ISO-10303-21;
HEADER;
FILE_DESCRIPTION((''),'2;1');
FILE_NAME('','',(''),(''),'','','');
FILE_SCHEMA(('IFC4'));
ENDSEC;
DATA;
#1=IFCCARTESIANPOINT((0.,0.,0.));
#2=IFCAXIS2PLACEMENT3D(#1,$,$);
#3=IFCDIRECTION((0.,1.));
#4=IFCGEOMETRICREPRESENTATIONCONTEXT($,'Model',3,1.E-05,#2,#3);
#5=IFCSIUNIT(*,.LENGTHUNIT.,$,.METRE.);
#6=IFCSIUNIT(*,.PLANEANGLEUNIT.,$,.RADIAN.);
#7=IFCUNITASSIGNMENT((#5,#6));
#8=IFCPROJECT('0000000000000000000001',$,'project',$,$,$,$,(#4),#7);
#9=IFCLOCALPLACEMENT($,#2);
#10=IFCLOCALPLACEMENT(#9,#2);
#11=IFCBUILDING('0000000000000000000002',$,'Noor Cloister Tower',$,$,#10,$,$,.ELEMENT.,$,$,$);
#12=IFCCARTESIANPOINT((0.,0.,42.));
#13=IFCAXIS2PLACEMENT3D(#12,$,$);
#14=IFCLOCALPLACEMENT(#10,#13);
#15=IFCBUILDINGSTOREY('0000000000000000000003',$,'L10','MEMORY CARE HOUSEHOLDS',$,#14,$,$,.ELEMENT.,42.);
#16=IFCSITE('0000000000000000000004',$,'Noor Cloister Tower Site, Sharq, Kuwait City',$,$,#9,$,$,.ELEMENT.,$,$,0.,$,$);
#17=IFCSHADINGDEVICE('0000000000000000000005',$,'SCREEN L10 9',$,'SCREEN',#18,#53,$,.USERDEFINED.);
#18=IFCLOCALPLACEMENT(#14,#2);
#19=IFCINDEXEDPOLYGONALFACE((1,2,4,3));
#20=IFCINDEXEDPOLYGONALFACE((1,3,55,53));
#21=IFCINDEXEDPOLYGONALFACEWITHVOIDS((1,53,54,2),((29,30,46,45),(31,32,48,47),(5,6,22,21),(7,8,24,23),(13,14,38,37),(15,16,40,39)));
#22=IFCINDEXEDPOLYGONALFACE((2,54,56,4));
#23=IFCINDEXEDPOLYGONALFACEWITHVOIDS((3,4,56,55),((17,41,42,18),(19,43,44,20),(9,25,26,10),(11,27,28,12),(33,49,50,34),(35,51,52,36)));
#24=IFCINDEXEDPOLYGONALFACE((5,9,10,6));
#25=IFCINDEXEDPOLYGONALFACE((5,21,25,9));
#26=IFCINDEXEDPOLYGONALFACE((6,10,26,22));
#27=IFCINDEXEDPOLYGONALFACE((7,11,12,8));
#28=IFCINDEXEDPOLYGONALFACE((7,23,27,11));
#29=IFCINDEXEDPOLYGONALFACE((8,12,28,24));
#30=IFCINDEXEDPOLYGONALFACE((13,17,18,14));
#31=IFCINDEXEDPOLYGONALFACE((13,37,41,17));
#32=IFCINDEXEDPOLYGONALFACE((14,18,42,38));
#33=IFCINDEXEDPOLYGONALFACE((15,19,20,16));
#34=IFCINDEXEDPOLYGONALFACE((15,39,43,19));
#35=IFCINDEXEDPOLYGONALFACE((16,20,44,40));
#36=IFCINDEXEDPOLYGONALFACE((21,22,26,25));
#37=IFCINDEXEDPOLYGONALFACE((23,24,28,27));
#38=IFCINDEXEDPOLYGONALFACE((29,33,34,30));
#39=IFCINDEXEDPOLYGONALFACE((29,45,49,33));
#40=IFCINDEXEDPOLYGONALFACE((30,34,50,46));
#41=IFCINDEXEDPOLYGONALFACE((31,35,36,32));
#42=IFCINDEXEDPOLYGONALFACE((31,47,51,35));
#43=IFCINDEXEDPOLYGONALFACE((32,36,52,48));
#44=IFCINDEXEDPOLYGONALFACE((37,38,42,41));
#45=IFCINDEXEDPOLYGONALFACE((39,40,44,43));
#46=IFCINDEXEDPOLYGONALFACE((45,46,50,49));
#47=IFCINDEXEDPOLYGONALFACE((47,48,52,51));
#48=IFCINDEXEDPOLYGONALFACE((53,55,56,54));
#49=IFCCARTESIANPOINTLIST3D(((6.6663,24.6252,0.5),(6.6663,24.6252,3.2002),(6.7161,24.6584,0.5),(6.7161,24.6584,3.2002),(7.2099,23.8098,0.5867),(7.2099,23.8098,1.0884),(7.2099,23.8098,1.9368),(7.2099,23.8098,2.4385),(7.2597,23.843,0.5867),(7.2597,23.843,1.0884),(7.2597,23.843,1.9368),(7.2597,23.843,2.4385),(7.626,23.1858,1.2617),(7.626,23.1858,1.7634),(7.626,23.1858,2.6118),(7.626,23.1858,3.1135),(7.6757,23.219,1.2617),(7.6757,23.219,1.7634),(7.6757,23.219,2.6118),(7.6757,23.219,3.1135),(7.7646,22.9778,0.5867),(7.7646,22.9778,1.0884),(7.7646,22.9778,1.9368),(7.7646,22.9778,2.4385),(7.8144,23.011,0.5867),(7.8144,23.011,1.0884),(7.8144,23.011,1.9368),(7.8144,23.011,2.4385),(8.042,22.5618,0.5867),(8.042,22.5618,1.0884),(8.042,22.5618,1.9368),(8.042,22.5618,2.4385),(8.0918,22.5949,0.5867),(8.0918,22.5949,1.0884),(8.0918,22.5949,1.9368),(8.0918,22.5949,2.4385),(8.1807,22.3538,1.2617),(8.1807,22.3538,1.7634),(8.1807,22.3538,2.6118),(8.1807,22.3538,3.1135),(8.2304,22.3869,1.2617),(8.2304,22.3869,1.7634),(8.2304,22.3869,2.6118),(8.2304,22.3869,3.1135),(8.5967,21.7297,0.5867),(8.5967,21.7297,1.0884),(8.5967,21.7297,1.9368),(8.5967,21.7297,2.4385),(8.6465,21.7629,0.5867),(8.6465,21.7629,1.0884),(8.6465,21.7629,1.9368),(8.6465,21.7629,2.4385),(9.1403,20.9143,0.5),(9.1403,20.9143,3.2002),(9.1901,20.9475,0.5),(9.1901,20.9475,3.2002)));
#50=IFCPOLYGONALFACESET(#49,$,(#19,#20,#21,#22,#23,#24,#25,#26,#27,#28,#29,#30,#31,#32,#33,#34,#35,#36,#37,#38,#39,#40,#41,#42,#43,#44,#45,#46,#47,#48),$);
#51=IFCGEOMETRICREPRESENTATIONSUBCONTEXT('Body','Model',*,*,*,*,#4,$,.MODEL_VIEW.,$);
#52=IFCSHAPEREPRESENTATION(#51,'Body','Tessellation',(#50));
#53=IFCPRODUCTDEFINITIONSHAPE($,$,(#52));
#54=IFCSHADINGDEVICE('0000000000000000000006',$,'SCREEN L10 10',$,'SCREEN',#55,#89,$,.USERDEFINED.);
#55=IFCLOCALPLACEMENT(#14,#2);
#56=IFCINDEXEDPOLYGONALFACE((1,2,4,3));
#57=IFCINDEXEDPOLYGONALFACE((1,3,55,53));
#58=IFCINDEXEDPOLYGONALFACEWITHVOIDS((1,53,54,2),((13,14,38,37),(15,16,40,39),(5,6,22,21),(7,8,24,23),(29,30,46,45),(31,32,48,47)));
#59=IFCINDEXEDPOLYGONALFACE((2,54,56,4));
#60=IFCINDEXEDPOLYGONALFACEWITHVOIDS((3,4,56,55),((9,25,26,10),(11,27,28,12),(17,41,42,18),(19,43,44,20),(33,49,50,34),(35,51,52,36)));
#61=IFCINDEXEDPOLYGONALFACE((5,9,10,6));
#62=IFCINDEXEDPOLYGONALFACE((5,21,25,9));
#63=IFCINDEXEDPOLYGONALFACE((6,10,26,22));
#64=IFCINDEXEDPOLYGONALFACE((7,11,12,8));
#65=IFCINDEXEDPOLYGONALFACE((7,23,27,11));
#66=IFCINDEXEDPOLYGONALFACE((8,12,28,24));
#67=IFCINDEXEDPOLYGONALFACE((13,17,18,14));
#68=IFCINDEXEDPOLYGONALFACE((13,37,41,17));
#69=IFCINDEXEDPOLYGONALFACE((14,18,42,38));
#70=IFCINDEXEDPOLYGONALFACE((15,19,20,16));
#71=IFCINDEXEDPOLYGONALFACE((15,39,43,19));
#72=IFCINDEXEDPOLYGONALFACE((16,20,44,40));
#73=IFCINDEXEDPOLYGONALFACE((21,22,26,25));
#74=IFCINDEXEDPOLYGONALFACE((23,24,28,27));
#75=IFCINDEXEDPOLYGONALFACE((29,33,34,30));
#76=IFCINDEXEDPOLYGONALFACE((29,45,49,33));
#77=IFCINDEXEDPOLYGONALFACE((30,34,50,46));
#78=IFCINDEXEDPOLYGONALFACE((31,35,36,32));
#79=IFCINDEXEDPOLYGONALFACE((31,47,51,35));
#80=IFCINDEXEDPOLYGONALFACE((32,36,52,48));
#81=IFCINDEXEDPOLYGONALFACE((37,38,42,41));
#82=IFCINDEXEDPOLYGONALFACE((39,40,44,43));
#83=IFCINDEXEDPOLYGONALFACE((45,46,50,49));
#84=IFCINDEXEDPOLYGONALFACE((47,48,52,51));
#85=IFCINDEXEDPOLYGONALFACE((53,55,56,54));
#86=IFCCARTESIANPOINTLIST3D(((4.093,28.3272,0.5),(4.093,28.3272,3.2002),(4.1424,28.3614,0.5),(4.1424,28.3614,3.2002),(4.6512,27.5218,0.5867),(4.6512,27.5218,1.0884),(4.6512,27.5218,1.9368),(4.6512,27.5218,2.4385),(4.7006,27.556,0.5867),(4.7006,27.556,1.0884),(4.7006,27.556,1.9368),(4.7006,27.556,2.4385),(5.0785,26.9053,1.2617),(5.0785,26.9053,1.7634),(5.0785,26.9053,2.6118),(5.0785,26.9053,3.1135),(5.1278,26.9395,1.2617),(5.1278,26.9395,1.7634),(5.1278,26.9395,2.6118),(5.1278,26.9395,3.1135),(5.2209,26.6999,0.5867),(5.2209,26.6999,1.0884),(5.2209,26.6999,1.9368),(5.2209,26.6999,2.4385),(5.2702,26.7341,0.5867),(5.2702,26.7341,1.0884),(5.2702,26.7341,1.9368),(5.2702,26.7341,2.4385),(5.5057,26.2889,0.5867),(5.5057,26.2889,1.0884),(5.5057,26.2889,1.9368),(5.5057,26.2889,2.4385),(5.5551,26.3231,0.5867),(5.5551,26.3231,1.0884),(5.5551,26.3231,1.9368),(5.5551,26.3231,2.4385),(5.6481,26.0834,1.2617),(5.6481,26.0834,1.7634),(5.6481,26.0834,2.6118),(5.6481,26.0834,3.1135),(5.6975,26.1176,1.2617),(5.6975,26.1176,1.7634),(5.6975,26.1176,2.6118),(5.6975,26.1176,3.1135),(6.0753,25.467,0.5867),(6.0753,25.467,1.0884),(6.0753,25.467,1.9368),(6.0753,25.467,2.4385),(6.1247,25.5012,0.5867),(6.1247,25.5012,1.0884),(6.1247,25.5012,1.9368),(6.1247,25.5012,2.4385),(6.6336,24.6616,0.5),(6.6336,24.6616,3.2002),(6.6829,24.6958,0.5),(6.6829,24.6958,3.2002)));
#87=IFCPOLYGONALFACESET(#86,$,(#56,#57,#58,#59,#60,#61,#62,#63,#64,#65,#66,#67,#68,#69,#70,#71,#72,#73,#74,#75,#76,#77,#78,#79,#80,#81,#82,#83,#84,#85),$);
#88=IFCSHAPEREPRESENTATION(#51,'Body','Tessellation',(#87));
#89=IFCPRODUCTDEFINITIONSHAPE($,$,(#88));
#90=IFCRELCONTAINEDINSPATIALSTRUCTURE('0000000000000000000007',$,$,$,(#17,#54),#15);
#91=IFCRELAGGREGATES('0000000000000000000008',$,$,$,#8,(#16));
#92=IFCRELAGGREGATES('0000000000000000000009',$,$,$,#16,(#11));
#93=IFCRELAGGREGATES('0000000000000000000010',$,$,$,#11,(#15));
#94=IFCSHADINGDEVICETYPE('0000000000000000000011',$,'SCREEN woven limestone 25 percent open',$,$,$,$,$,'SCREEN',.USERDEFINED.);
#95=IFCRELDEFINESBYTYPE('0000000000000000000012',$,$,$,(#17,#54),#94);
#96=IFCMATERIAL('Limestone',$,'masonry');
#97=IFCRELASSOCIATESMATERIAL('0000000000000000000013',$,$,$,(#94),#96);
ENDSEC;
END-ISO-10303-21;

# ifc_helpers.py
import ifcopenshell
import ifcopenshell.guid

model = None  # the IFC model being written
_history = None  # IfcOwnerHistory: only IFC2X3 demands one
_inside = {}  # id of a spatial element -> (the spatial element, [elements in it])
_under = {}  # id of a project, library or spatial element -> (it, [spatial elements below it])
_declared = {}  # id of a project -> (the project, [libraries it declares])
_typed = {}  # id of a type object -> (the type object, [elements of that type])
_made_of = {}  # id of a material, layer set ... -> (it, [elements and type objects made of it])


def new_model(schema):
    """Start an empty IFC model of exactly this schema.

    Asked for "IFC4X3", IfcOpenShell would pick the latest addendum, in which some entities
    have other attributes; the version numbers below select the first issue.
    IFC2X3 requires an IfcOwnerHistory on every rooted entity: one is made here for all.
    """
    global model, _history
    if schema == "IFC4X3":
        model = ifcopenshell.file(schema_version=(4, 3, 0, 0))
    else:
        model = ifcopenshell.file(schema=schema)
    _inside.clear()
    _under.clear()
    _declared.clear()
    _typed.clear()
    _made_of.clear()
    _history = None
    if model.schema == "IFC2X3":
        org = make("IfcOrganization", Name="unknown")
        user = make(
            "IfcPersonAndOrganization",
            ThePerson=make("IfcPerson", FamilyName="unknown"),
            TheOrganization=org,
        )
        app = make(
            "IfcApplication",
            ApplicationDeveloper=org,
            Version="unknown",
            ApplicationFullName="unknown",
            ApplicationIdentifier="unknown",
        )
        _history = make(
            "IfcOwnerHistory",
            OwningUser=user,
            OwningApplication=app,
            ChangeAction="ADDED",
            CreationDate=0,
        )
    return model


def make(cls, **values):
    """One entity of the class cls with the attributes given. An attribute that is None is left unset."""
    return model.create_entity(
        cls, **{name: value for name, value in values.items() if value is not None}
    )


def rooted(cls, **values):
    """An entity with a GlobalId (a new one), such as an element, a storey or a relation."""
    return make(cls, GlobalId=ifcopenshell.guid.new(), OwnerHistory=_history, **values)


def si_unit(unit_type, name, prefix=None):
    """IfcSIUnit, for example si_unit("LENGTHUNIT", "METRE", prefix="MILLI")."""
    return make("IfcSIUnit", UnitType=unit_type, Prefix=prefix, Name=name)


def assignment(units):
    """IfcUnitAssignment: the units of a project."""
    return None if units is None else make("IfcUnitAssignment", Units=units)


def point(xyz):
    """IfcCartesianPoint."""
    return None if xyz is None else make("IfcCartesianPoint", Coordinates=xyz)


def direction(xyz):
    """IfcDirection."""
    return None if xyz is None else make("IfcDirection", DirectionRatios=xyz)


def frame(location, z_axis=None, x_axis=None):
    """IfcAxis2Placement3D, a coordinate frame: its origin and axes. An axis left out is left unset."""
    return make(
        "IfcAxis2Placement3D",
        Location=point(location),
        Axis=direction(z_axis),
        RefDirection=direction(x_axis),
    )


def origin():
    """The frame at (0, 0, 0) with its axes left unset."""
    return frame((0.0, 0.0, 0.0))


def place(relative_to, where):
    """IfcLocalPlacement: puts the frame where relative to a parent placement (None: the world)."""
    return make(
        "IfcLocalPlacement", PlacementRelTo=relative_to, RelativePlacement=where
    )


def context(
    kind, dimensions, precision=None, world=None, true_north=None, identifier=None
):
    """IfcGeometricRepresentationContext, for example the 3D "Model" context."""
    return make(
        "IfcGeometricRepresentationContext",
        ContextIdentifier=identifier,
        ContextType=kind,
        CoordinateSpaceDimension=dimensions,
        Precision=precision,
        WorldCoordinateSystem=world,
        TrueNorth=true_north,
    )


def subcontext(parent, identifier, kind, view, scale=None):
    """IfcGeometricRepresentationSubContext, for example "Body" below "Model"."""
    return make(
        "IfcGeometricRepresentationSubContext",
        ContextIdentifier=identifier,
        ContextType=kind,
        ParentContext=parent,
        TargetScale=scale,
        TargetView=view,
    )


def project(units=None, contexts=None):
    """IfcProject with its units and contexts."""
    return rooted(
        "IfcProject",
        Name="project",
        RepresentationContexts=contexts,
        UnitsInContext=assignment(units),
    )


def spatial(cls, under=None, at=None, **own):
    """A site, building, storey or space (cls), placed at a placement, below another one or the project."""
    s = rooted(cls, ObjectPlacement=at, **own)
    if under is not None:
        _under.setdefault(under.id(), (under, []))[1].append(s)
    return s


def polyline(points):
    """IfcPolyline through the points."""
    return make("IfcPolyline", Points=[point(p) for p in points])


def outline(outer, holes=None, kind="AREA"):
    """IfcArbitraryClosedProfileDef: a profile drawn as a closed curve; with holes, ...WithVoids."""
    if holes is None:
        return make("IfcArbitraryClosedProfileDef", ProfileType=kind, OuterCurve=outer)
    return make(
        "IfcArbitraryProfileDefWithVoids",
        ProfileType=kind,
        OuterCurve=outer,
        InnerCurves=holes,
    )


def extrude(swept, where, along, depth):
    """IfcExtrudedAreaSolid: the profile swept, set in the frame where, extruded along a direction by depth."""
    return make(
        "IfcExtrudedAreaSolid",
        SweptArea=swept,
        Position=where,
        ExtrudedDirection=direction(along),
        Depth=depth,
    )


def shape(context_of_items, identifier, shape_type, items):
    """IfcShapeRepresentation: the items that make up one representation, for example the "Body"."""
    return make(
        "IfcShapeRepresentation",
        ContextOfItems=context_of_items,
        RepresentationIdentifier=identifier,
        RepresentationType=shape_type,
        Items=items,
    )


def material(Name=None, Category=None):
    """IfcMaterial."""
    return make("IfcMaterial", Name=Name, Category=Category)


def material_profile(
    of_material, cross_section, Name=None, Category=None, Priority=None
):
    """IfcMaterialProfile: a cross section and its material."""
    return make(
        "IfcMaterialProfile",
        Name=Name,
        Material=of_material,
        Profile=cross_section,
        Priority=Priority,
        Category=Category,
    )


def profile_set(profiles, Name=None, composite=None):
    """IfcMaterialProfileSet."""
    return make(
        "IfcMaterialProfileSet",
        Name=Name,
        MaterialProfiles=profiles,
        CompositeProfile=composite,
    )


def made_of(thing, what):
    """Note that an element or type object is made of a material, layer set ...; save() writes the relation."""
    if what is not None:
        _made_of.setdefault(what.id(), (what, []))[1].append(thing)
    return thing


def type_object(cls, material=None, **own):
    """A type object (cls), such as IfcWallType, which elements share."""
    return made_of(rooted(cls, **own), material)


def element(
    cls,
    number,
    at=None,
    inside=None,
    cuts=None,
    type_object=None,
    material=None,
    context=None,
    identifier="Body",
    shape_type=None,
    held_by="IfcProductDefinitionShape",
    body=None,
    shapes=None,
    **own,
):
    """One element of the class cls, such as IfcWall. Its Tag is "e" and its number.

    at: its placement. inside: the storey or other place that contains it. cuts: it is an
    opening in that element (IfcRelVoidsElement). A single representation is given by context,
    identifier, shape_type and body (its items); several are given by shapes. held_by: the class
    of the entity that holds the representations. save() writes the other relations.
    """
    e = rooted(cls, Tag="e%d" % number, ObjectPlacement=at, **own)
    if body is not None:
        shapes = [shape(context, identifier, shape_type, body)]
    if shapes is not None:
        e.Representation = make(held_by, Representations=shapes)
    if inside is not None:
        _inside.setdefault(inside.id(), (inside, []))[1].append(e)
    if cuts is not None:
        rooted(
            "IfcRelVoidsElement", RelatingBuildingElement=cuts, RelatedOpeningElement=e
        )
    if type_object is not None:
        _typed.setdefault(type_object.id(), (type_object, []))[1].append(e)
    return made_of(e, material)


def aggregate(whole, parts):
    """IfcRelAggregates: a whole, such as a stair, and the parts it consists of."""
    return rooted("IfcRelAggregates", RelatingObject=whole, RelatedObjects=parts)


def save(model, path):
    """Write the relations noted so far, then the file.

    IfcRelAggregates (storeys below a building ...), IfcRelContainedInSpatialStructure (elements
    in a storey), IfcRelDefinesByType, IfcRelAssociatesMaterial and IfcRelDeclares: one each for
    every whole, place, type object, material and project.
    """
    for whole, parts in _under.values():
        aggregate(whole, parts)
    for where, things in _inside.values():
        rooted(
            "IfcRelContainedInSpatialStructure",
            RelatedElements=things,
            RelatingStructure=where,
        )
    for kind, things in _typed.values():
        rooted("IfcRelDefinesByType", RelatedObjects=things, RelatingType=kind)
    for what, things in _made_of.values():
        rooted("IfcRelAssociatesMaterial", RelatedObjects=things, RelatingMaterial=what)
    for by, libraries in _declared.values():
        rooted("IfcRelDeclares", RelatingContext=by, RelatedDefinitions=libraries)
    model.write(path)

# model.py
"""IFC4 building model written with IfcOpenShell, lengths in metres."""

from ifc_helpers import new_model, si_unit, direction, frame, origin, place, context, subcontext, project, spatial, polyline, outline, extrude, material, material_profile, profile_set, type_object, element, save


model = new_model("IFC4")

# Units and contexts
model_context = context("Model", 3, precision=1e-05, world=origin(), true_north=direction((0.0, 1.0)))
body_context = subcontext(model_context, "Body", "Model", "MODEL_VIEW")
ifc_project = project(units=[si_unit("LENGTHUNIT", "METRE"), si_unit("PLANEANGLEUNIT", "RADIAN")], contexts=[model_context])

# Site, building, storey
site_placement = place(None, origin())
site = spatial("IfcSite", under=ifc_project, at=site_placement, Name="Noor Cloister Tower Site, Sharq, Kuwait City", CompositionType="ELEMENT", RefElevation=0.0)
building_placement = place(site_placement, origin())
building = spatial("IfcBuilding", under=site, at=building_placement, Name="Noor Cloister Tower", CompositionType="ELEMENT")
storey_placement = place(building_placement, frame((0.0, 0.0, 42.0)))
storey = spatial("IfcBuildingStorey", under=building, at=storey_placement, Name="L10", Description="MEMORY CARE HOUSEHOLDS", CompositionType="ELEMENT", Elevation=42.0)

# Shading devices
ifc_material_1 = material(Name="Limestone", Category="masonry")
ifc_material_profile_1 = material_profile(ifc_material_1, outline(polyline([(-2.23, -1.3501), (2.23, -1.3501), (2.23, 1.3501), (-2.23, 1.3501), (-2.23, -1.3501)]), holes=[polyline([(-1.25, -1.2634), (-0.25, -1.2634), (-0.25, -0.7617), (-1.25, -0.7617), (-1.25, -1.2634)]), polyline([(0.25, -1.2634), (1.25, -1.2634), (1.25, -0.7617), (0.25, -0.7617), (0.25, -1.2634)]), polyline([(-0.5, -0.5884), (0.5, -0.5884), (0.5, -0.0867), (-0.5, -0.0867), (-0.5, -0.5884)]), polyline([(-1.25, 0.0867), (-0.25, 0.0867), (-0.25, 0.5884), (-1.25, 0.5884), (-1.25, 0.0867)]), polyline([(0.25, 0.0867), (1.25, 0.0867), (1.25, 0.5884), (0.25, 0.5884), (0.25, 0.0867)]), polyline([(-0.5, 0.7617), (0.5, 0.7617), (0.5, 1.2634), (-0.5, 1.2634), (-0.5, 0.7617)])]), Name="Woven screen 25 percent open")
ifc_profile_set_1 = profile_set([ifc_material_profile_1], Name="Limestone")
shading_device_type = type_object("IfcShadingDeviceType", Name="SCREEN woven limestone 25 percent open", ElementType="SCREEN", PredefinedType="USERDEFINED", material=ifc_profile_set_1)
shading_device_1_placement = place(storey_placement, frame((7.9033, 22.7698, 1.8501), z_axis=(0.83205, 0.5547, 0.0), x_axis=(-0.5547, 0.83205, 0.0)))
element("IfcShadingDevice", 1, at=shading_device_1_placement, inside=storey, type_object=shading_device_type, Name="SCREEN L10 9", ObjectType="SCREEN", PredefinedType="USERDEFINED", context=body_context, shape_type="SweptSolid", body=[
    extrude(outline(polyline([(-2.23, -1.3501), (2.23, -1.3501), (2.23, 1.3501), (-2.23, 1.3501), (-2.23, -1.3501)]), holes=[polyline([(-1.25, -1.2634), (-0.25, -1.2634), (-0.25, -0.7617), (-1.25, -0.7617), (-1.25, -1.2634)]), polyline([(0.25, -1.2634), (1.25, -1.2634), (1.25, -0.7617), (0.25, -0.7617), (0.25, -1.2634)]), polyline([(-0.5, -0.5884), (0.5, -0.5884), (0.5, -0.0867), (-0.5, -0.0867), (-0.5, -0.5884)]), polyline([(-1.25, 0.0867), (-0.25, 0.0867), (-0.25, 0.5884), (-1.25, 0.5884), (-1.25, 0.0867)]), polyline([(0.25, 0.0867), (1.25, 0.0867), (1.25, 0.5884), (0.25, 0.5884), (0.25, 0.0867)]), polyline([(-0.5, 0.7617), (0.5, 0.7617), (0.5, 1.2634), (-0.5, 1.2634), (-0.5, 0.7617)])]), origin(), (0.0, 0.0, 1.0), 0.0598),
])
shading_device_2_placement = place(storey_placement, frame((5.3633, 26.4944, 1.8501), z_axis=(0.821899, 0.569633, 0.0), x_axis=(-0.569633, 0.821899, 0.0)))
element("IfcShadingDevice", 2, at=shading_device_2_placement, inside=storey, type_object=shading_device_type, Name="SCREEN L10 10", ObjectType="SCREEN", PredefinedType="USERDEFINED", context=body_context, shape_type="SweptSolid", body=[
    extrude(outline(polyline([(-2.23, -1.3501), (2.23, -1.3501), (2.23, 1.3501), (-2.23, 1.3501), (-2.23, -1.3501)]), holes=[polyline([(-1.25, -1.2634), (-0.25, -1.2634), (-0.25, -0.7617), (-1.25, -0.7617), (-1.25, -1.2634)]), polyline([(0.25, -1.2634), (1.25, -1.2634), (1.25, -0.7617), (0.25, -0.7617), (0.25, -1.2634)]), polyline([(-0.5, -0.5884), (0.5, -0.5884), (0.5, -0.0867), (-0.5, -0.0867), (-0.5, -0.5884)]), polyline([(-1.25, 0.0867), (-0.25, 0.0867), (-0.25, 0.5884), (-1.25, 0.5884), (-1.25, 0.0867)]), polyline([(0.25, 0.0867), (1.25, 0.0867), (1.25, 0.5884), (0.25, 0.5884), (0.25, 0.0867)]), polyline([(-0.5, 0.7617), (0.5, 0.7617), (0.5, 1.2634), (-0.5, 1.2634), (-0.5, 0.7617)])]), origin(), (0.0, 0.0, 1.0), 0.0601),
])

save(model, "model.ifc")
